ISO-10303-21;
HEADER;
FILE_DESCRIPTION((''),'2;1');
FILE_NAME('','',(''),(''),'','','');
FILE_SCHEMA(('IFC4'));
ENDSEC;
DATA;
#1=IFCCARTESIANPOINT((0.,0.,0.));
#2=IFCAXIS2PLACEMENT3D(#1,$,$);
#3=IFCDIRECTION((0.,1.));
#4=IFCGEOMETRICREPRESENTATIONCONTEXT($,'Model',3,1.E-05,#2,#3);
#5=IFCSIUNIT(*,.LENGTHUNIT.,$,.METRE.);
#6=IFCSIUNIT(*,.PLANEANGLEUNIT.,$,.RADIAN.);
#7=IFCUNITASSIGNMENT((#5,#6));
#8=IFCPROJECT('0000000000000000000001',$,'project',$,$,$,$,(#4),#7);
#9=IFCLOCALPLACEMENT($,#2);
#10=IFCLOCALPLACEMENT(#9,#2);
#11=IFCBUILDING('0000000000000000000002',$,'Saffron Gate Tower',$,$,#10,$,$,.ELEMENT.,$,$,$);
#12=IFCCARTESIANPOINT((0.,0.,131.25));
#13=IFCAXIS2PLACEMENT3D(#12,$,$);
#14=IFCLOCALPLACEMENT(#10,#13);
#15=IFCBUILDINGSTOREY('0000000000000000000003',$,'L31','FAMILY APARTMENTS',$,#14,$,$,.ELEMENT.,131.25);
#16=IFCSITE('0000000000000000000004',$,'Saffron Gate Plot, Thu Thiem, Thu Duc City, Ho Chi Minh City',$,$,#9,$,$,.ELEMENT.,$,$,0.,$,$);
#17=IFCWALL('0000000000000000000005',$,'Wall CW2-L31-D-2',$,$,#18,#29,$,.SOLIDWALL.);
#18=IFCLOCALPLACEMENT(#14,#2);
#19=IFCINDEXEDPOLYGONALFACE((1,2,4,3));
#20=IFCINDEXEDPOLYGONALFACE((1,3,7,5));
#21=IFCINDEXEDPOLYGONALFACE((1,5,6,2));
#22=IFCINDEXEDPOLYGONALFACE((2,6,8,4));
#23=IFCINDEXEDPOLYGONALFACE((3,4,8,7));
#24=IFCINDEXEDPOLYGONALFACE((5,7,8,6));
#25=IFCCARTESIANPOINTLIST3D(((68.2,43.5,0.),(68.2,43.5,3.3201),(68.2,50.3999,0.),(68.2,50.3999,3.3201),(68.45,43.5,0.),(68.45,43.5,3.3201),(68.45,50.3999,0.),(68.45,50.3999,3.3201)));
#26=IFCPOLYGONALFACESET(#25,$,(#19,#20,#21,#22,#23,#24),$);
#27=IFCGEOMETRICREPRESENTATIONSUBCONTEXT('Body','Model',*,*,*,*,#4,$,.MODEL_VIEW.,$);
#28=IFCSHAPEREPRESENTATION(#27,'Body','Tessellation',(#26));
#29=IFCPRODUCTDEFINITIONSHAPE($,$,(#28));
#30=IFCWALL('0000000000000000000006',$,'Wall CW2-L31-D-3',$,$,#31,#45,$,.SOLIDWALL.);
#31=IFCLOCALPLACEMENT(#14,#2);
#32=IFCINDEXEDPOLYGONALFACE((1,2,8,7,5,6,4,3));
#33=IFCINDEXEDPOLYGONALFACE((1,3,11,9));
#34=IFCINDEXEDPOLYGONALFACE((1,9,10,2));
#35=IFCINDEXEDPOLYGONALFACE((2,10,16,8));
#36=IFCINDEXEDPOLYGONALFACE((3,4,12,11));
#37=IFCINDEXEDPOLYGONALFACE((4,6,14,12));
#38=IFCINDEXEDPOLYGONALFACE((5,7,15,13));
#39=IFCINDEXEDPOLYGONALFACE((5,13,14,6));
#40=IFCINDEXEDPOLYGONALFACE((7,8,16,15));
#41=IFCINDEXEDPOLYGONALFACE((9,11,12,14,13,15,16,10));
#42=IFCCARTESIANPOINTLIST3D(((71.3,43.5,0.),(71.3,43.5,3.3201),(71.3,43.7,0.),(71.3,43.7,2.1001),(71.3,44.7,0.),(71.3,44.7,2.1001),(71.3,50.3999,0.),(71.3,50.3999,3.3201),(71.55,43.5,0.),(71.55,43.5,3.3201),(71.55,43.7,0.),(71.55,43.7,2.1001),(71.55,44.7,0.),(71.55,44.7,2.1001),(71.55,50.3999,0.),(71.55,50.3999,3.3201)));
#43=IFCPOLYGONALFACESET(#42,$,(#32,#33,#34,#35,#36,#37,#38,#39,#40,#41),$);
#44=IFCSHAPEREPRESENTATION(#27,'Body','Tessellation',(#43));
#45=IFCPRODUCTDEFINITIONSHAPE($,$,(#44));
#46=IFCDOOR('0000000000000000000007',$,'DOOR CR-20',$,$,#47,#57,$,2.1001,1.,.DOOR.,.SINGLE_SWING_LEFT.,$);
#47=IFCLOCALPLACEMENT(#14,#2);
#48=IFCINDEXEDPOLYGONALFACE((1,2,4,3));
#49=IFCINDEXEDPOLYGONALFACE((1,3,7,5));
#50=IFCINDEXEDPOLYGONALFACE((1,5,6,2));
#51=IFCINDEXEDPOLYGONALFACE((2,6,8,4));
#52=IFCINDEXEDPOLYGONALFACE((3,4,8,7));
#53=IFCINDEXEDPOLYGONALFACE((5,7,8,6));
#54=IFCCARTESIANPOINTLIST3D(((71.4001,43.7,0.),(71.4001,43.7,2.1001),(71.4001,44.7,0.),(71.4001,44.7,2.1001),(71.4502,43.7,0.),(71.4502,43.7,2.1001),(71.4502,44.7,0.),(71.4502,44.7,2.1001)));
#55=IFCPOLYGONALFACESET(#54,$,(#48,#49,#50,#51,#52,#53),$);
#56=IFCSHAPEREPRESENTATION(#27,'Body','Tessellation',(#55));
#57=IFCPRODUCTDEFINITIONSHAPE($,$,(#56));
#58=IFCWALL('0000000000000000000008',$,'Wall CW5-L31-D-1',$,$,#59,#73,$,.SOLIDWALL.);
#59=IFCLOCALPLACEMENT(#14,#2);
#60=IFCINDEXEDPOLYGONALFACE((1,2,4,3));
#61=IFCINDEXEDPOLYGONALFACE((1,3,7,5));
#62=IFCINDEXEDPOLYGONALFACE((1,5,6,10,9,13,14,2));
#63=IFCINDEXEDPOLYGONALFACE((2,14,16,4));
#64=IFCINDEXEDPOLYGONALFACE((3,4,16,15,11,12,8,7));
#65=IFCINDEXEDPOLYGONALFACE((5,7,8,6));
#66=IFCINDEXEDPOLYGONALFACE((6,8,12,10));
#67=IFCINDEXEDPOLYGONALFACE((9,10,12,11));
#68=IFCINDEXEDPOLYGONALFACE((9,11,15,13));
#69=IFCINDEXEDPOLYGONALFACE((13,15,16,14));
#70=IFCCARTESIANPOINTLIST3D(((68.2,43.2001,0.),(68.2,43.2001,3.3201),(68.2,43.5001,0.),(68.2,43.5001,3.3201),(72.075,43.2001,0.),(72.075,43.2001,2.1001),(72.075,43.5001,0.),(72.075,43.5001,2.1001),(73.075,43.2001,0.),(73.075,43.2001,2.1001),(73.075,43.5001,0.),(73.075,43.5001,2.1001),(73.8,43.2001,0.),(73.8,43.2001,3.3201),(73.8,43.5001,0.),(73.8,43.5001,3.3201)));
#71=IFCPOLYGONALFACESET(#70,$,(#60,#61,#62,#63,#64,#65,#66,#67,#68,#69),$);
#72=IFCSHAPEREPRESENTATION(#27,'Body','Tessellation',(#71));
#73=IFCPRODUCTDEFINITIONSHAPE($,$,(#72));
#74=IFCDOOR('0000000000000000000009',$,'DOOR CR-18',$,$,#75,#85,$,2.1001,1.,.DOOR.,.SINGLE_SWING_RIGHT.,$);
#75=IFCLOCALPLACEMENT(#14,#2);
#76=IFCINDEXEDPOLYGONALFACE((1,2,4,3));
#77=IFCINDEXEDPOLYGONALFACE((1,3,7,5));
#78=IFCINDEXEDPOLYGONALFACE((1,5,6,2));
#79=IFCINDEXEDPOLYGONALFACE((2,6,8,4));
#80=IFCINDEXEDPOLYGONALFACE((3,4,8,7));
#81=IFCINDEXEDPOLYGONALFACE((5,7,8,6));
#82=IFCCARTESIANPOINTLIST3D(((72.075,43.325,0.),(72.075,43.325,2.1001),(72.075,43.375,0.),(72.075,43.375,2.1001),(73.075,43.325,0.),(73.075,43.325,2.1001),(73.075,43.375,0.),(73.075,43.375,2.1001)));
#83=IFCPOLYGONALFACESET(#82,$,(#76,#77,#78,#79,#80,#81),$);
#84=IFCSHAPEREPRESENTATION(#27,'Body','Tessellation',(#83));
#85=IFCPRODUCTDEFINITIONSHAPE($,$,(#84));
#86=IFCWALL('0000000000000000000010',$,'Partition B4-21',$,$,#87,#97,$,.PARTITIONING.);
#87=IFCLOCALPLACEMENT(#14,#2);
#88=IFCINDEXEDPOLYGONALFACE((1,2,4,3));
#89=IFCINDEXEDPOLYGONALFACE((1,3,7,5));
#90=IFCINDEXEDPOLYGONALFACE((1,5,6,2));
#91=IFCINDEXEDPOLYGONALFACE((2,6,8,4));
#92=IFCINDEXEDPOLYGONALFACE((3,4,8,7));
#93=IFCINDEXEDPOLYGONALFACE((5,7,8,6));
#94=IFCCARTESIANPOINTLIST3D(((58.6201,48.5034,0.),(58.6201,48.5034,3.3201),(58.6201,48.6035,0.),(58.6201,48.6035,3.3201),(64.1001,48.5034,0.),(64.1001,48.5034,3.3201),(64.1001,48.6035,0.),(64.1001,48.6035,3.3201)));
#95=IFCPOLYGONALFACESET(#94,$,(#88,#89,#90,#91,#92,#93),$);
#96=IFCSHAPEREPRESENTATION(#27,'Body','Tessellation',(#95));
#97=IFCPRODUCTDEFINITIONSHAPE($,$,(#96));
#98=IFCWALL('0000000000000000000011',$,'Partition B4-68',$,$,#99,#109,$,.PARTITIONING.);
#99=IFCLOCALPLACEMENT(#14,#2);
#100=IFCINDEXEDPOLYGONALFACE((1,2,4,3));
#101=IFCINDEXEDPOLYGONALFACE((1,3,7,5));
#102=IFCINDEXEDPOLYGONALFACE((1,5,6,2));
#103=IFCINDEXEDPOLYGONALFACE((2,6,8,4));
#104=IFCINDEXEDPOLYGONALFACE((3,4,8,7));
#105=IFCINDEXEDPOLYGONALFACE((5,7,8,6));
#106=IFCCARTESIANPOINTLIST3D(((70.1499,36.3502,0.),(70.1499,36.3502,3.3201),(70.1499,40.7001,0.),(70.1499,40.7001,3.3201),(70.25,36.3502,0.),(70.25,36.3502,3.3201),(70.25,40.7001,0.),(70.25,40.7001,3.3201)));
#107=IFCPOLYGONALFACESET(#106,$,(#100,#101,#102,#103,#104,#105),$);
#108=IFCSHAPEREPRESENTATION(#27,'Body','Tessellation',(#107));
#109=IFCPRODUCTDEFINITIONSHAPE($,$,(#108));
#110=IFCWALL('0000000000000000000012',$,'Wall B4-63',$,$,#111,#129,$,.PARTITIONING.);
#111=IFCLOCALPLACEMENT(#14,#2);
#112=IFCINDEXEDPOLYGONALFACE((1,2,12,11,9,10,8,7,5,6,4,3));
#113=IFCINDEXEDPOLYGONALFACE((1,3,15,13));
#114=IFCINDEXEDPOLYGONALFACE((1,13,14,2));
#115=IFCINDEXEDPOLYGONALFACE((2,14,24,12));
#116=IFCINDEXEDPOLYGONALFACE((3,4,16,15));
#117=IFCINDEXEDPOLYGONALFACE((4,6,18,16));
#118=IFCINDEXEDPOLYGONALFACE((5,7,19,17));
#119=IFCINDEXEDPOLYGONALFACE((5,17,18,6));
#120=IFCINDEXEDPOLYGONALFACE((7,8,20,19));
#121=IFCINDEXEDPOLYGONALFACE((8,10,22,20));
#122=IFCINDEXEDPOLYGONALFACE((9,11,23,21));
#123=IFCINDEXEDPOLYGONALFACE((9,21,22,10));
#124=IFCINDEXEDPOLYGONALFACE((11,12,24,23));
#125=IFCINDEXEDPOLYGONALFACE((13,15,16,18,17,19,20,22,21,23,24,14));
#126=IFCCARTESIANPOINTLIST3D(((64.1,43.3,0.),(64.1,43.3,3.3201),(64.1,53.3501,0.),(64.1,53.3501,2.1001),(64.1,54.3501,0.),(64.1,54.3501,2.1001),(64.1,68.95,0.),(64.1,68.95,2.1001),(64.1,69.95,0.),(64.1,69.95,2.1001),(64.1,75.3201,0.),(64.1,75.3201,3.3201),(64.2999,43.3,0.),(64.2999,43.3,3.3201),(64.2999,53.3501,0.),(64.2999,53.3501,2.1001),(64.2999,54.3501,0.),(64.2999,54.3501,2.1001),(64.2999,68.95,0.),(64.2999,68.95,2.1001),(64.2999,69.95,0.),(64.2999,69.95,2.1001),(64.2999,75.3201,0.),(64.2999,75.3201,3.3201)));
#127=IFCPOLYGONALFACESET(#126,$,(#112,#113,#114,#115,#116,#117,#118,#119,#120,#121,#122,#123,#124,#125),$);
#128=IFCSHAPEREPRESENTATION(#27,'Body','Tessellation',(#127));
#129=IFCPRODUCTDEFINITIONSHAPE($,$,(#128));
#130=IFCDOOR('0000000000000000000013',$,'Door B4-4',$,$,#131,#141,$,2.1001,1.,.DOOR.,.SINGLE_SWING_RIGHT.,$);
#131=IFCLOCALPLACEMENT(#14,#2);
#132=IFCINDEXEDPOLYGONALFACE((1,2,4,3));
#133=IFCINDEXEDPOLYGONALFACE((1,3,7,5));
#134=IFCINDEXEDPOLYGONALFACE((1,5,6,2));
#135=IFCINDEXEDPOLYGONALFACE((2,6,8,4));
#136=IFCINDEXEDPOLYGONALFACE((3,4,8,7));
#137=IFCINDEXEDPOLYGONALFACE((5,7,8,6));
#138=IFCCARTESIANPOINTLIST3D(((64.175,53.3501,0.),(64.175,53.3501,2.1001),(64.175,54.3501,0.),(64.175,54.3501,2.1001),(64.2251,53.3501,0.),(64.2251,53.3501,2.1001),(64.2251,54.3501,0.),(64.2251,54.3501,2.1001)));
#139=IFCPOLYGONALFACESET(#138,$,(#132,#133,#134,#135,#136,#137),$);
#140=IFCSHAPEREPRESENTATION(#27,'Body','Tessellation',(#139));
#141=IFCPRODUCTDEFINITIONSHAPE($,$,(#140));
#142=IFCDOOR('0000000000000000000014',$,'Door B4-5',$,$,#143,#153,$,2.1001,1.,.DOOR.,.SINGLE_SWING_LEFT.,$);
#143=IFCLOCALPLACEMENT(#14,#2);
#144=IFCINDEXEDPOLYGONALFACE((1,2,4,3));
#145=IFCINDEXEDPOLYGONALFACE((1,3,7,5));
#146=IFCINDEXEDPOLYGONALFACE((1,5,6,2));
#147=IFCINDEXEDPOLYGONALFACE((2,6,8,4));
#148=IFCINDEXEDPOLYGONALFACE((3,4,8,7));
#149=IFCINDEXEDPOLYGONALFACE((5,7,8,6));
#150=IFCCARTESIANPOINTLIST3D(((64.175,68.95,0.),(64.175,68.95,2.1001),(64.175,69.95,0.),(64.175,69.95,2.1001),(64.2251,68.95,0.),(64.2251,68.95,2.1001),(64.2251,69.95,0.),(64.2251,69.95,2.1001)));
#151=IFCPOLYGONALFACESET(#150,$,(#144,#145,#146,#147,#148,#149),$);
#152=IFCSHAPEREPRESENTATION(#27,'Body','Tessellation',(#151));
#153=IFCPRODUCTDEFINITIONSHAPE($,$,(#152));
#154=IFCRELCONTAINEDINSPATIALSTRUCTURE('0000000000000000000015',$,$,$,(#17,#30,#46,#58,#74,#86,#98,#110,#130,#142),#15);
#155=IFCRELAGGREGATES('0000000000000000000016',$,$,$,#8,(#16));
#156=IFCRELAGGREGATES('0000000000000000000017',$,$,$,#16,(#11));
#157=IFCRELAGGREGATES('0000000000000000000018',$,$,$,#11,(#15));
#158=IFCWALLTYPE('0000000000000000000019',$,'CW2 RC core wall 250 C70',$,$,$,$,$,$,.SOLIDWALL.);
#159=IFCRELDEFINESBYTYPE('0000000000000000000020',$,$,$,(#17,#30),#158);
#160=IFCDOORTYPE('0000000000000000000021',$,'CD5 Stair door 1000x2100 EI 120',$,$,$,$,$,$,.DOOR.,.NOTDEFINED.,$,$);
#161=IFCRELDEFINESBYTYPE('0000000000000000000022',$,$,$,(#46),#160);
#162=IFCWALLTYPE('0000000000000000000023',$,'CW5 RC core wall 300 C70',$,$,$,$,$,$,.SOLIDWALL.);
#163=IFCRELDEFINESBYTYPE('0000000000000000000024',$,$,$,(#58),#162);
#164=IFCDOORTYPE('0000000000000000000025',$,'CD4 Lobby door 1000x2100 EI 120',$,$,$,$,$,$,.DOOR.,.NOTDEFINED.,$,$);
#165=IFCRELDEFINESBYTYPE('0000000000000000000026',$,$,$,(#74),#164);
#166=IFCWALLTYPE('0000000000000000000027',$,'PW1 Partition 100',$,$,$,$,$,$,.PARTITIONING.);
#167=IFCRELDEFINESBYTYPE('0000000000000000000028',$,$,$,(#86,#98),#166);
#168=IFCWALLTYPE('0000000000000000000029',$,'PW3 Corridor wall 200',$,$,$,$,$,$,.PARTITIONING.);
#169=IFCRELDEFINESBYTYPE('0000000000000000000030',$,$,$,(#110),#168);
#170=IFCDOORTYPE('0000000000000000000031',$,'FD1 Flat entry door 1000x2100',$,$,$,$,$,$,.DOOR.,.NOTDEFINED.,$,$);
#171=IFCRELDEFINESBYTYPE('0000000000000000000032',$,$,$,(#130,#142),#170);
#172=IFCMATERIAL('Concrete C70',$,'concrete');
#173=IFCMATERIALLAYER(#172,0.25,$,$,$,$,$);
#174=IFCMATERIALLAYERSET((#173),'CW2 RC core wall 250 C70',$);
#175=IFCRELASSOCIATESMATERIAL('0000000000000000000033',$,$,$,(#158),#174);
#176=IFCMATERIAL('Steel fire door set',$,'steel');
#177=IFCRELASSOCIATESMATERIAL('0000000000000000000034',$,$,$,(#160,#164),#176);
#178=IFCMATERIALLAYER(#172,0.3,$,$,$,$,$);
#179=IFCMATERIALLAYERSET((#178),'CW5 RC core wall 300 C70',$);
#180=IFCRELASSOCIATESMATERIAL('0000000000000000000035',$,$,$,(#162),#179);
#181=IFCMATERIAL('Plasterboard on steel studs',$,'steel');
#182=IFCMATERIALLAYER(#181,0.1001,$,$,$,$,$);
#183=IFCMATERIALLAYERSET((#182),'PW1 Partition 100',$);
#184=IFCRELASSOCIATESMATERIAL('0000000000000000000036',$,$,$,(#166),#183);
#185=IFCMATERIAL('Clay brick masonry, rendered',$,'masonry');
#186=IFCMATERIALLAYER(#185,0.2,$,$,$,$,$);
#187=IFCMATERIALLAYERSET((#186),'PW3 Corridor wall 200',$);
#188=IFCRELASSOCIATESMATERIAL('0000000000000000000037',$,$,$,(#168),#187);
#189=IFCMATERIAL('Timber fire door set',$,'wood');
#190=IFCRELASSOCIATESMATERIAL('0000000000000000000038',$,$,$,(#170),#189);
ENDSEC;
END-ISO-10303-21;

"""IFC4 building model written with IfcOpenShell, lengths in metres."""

from ifc_helpers import new_model, si_unit, direction, frame, frame_2d, origin, place, context, subcontext, project, spatial, rectangle, extrude, material, layer, layer_set, type_object, element, fill, save


model = new_model("IFC4")

# Units and contexts
model_context = context("Model", 3, precision=1e-05, world=origin(), true_north=direction((0.0, 1.0)))
body_context = subcontext(model_context, "Body", "Model", "MODEL_VIEW")
ifc_project = project(units=[si_unit("LENGTHUNIT", "METRE"), si_unit("PLANEANGLEUNIT", "RADIAN")], contexts=[model_context])

# Site, building, storey
site_placement = place(None, origin())
site = spatial("IfcSite", under=ifc_project, at=site_placement, Name="Saffron Gate Plot, Thu Thiem, Thu Duc City, Ho Chi Minh City", CompositionType="ELEMENT", RefElevation=0.0)
building_placement = place(site_placement, origin())
building = spatial("IfcBuilding", under=site, at=building_placement, Name="Saffron Gate Tower", CompositionType="ELEMENT")
storey_placement = place(building_placement, frame((0.0, 0.0, 131.25)))
storey = spatial("IfcBuildingStorey", under=building, at=storey_placement, Name="L31", Description="FAMILY APARTMENTS", CompositionType="ELEMENT", Elevation=131.25)

# Wall
ifc_material_1 = material(Name="Concrete C70", Category="concrete")
ifc_layer_1 = layer(ifc_material_1, 0.25)
ifc_layer_set_1 = layer_set([ifc_layer_1], Name="CW2 RC core wall 250 C70")
wall_type_1 = type_object("IfcWallType", Name="CW2 RC core wall 250 C70", PredefinedType="SOLIDWALL", material=ifc_layer_set_1)
wall_1_placement = place(storey_placement, frame((68.325, 43.5, 0.0), z_axis=(0.0, 0.0, 1.0), x_axis=(0.0, 1.0, 0.0)))
element("IfcWall", 1, at=wall_1_placement, inside=storey, type_object=wall_type_1, Name="Wall CW2-L31-D-2", PredefinedType="SOLIDWALL", context=body_context, shape_type="SweptSolid", body=[
    extrude(rectangle(XDim=6.8999, YDim=0.25, at=frame_2d((3.45, 0.0))), origin(), (0.0, 0.0, 1.0), 3.3201),
])

# Walls, openings, doors
wall_2_placement = place(storey_placement, frame((71.425, 43.5, 0.0), z_axis=(0.0, 0.0, 1.0), x_axis=(0.0, 1.0, 0.0)))
wall_2 = element("IfcWall", 2, at=wall_2_placement, inside=storey, type_object=wall_type_1, Name="Wall CW2-L31-D-3", PredefinedType="SOLIDWALL", context=body_context, shape_type="SweptSolid", body=[
    extrude(rectangle(XDim=6.8999, YDim=0.25, at=frame_2d((3.45, 0.0))), origin(), (0.0, 0.0, 1.0), 3.3201),
])
opening_1_placement = place(wall_2_placement, frame((0.2, 0.0, 0.0)))
opening_1 = element("IfcOpeningElement", 3, at=opening_1_placement, cuts=wall_2, PredefinedType="OPENING", context=body_context, shape_type="SweptSolid", body=[
    extrude(rectangle(XDim=1.0, YDim=2.1001, at=frame_2d((0.5, 1.05))), frame((0.0, 0.135, 0.0), z_axis=(0.0, -1.0, 0.0), x_axis=(1.0, 0.0, 0.0)), (0.0, 0.0, 1.0), 0.27),
])
ifc_material_2 = material(Name="Steel fire door set", Category="steel")
door_type_1 = type_object("IfcDoorType", Name="CD5 Stair door 1000x2100 EI 120", OperationType="NOTDEFINED", PredefinedType="DOOR", material=ifc_material_2)
door_1_placement = place(opening_1_placement, origin())
door_1 = element("IfcDoor", 4, at=door_1_placement, inside=storey, type_object=door_type_1, Name="DOOR CR-20", OperationType="SINGLE_SWING_LEFT", OverallHeight=2.1001, OverallWidth=1.0, PredefinedType="DOOR", context=body_context, shape_type="SweptSolid", body=[
    extrude(rectangle(XDim=1.0, YDim=2.1001, at=frame_2d((0.5, 1.05))), frame((0.0, 0.0249, 0.0), z_axis=(0.0, -1.0, 0.0), x_axis=(1.0, 0.0, 0.0)), (0.0, 0.0, 1.0), 0.05),
])
fill(opening_1, door_1)
ifc_layer_2 = layer(ifc_material_1, 0.3)
ifc_layer_set_2 = layer_set([ifc_layer_2], Name="CW5 RC core wall 300 C70")
wall_type_2 = type_object("IfcWallType", Name="CW5 RC core wall 300 C70", PredefinedType="SOLIDWALL", material=ifc_layer_set_2)
wall_3_placement = place(storey_placement, frame((68.2, 43.3501, 0.0), z_axis=(0.0, 0.0, 1.0), x_axis=(1.0, 0.0, 0.0)))
wall_3 = element("IfcWall", 5, at=wall_3_placement, inside=storey, type_object=wall_type_2, Name="Wall CW5-L31-D-1", PredefinedType="SOLIDWALL", context=body_context, shape_type="SweptSolid", body=[
    extrude(rectangle(XDim=5.6001, YDim=0.3, at=frame_2d((2.8, 0.0))), origin(), (0.0, 0.0, 1.0), 3.3201),
])
opening_2_placement = place(wall_3_placement, frame((3.875, 0.0, 0.0)))
opening_2 = element("IfcOpeningElement", 6, at=opening_2_placement, cuts=wall_3, PredefinedType="OPENING", context=body_context, shape_type="SweptSolid", body=[
    extrude(rectangle(XDim=1.0, YDim=2.1001, at=frame_2d((0.5, 1.05))), frame((0.0, 0.1602, 0.0), z_axis=(0.0, -1.0, 0.0), x_axis=(1.0, 0.0, 0.0)), (0.0, 0.0, 1.0), 0.3201),
])
door_type_2 = type_object("IfcDoorType", Name="CD4 Lobby door 1000x2100 EI 120", OperationType="NOTDEFINED", PredefinedType="DOOR", material=ifc_material_2)
door_2_placement = place(opening_2_placement, origin())
door_2 = element("IfcDoor", 7, at=door_2_placement, inside=storey, type_object=door_type_2, Name="DOOR CR-18", OperationType="SINGLE_SWING_RIGHT", OverallHeight=2.1001, OverallWidth=1.0, PredefinedType="DOOR", context=body_context, shape_type="SweptSolid", body=[
    extrude(rectangle(XDim=1.0, YDim=2.1001, at=frame_2d((0.5, 1.05))), frame((0.0, 0.0249, 0.0), z_axis=(0.0, -1.0, 0.0), x_axis=(1.0, 0.0, 0.0)), (0.0, 0.0, 1.0), 0.05),
])
fill(opening_2, door_2)

# Walls
ifc_material_3 = material(Name="Plasterboard on steel studs", Category="steel")
ifc_layer_3 = layer(ifc_material_3, 0.1001)
ifc_layer_set_3 = layer_set([ifc_layer_3], Name="PW1 Partition 100")
wall_type_3 = type_object("IfcWallType", Name="PW1 Partition 100", PredefinedType="PARTITIONING", material=ifc_layer_set_3)
wall_4_placement = place(storey_placement, frame((58.6201, 48.5535, 0.0), z_axis=(0.0, 0.0, 1.0), x_axis=(1.0, 0.0, 0.0)))
element("IfcWall", 8, at=wall_4_placement, inside=storey, type_object=wall_type_3, Name="Partition B4-21", PredefinedType="PARTITIONING", context=body_context, shape_type="SweptSolid", body=[
    extrude(rectangle(XDim=5.48, YDim=0.1001, at=frame_2d((2.74, 0.0))), origin(), (0.0, 0.0, 1.0), 3.3201),
])
wall_5_placement = place(storey_placement, frame((70.2, 40.7, 0.0), z_axis=(0.0, 0.0, 1.0), x_axis=(0.0, -1.0, 0.0)))
element("IfcWall", 9, at=wall_5_placement, inside=storey, type_object=wall_type_3, Name="Partition B4-68", PredefinedType="PARTITIONING", context=body_context, shape_type="SweptSolid", body=[
    extrude(rectangle(XDim=4.3499, YDim=0.1001, at=frame_2d((2.1748, 0.0))), origin(), (0.0, 0.0, 1.0), 3.3201),
])

# Wall, openings, doors
ifc_material_4 = material(Name="Clay brick masonry, rendered", Category="masonry")
ifc_layer_4 = layer(ifc_material_4, 0.2)
ifc_layer_set_4 = layer_set([ifc_layer_4], Name="PW3 Corridor wall 200")
wall_type_4 = type_object("IfcWallType", Name="PW3 Corridor wall 200", PredefinedType="PARTITIONING", material=ifc_layer_set_4)
wall_6_placement = place(storey_placement, frame((64.2, 43.3, 0.0), z_axis=(0.0, 0.0, 1.0), x_axis=(0.0, 1.0, 0.0)))
wall_6 = element("IfcWall", 10, at=wall_6_placement, inside=storey, type_object=wall_type_4, Name="Wall B4-63", PredefinedType="PARTITIONING", context=body_context, shape_type="SweptSolid", body=[
    extrude(rectangle(XDim=32.02, YDim=0.2, at=frame_2d((16.01, 0.0))), origin(), (0.0, 0.0, 1.0), 3.3201),
])
opening_3_placement = place(wall_6_placement, frame((10.05, 0.0, 0.0)))
opening_3 = element("IfcOpeningElement", 11, at=opening_3_placement, cuts=wall_6, PredefinedType="OPENING", context=body_context, shape_type="SweptSolid", body=[
    extrude(rectangle(XDim=1.0, YDim=2.1001, at=frame_2d((0.5, 1.05))), frame((0.0, 0.1099, 0.0), z_axis=(0.0, -1.0, 0.0), x_axis=(1.0, 0.0, 0.0)), (0.0, 0.0, 1.0), 0.22),
])
opening_4_placement = place(wall_6_placement, frame((25.6499, 0.0, 0.0)))
opening_4 = element("IfcOpeningElement", 12, at=opening_4_placement, cuts=wall_6, PredefinedType="OPENING", context=body_context, shape_type="SweptSolid", body=[
    extrude(rectangle(XDim=1.0, YDim=2.1001, at=frame_2d((0.5, 1.05))), frame((0.0, 0.1099, 0.0), z_axis=(0.0, -1.0, 0.0), x_axis=(1.0, 0.0, 0.0)), (0.0, 0.0, 1.0), 0.22),
])
ifc_material_5 = material(Name="Timber fire door set", Category="wood")
door_type_3 = type_object("IfcDoorType", Name="FD1 Flat entry door 1000x2100", OperationType="NOTDEFINED", PredefinedType="DOOR", material=ifc_material_5)
door_3_placement = place(opening_3_placement, origin())
door_3 = element("IfcDoor", 13, at=door_3_placement, inside=storey, type_object=door_type_3, Name="Door B4-4", OperationType="SINGLE_SWING_RIGHT", OverallHeight=2.1001, OverallWidth=1.0, PredefinedType="DOOR", context=body_context, shape_type="SweptSolid", body=[
    extrude(rectangle(XDim=1.0, YDim=2.1001, at=frame_2d((0.5, 1.05))), frame((0.0, 0.0249, 0.0), z_axis=(0.0, -1.0, 0.0), x_axis=(1.0, 0.0, 0.0)), (0.0, 0.0, 1.0), 0.05),
])
fill(opening_3, door_3)
door_4_placement = place(opening_4_placement, origin())
door_4 = element("IfcDoor", 14, at=door_4_placement, inside=storey, type_object=door_type_3, Name="Door B4-5", OperationType="SINGLE_SWING_LEFT", OverallHeight=2.1001, OverallWidth=1.0, PredefinedType="DOOR", context=body_context, shape_type="SweptSolid", body=[
    extrude(rectangle(XDim=1.0, YDim=2.1001, at=frame_2d((0.5, 1.05))), frame((0.0, 0.0249, 0.0), z_axis=(0.0, -1.0, 0.0), x_axis=(1.0, 0.0, 0.0)), (0.0, 0.0, 1.0), 0.05),
])
fill(opening_4, door_4)

save(model, "model.ifc")
